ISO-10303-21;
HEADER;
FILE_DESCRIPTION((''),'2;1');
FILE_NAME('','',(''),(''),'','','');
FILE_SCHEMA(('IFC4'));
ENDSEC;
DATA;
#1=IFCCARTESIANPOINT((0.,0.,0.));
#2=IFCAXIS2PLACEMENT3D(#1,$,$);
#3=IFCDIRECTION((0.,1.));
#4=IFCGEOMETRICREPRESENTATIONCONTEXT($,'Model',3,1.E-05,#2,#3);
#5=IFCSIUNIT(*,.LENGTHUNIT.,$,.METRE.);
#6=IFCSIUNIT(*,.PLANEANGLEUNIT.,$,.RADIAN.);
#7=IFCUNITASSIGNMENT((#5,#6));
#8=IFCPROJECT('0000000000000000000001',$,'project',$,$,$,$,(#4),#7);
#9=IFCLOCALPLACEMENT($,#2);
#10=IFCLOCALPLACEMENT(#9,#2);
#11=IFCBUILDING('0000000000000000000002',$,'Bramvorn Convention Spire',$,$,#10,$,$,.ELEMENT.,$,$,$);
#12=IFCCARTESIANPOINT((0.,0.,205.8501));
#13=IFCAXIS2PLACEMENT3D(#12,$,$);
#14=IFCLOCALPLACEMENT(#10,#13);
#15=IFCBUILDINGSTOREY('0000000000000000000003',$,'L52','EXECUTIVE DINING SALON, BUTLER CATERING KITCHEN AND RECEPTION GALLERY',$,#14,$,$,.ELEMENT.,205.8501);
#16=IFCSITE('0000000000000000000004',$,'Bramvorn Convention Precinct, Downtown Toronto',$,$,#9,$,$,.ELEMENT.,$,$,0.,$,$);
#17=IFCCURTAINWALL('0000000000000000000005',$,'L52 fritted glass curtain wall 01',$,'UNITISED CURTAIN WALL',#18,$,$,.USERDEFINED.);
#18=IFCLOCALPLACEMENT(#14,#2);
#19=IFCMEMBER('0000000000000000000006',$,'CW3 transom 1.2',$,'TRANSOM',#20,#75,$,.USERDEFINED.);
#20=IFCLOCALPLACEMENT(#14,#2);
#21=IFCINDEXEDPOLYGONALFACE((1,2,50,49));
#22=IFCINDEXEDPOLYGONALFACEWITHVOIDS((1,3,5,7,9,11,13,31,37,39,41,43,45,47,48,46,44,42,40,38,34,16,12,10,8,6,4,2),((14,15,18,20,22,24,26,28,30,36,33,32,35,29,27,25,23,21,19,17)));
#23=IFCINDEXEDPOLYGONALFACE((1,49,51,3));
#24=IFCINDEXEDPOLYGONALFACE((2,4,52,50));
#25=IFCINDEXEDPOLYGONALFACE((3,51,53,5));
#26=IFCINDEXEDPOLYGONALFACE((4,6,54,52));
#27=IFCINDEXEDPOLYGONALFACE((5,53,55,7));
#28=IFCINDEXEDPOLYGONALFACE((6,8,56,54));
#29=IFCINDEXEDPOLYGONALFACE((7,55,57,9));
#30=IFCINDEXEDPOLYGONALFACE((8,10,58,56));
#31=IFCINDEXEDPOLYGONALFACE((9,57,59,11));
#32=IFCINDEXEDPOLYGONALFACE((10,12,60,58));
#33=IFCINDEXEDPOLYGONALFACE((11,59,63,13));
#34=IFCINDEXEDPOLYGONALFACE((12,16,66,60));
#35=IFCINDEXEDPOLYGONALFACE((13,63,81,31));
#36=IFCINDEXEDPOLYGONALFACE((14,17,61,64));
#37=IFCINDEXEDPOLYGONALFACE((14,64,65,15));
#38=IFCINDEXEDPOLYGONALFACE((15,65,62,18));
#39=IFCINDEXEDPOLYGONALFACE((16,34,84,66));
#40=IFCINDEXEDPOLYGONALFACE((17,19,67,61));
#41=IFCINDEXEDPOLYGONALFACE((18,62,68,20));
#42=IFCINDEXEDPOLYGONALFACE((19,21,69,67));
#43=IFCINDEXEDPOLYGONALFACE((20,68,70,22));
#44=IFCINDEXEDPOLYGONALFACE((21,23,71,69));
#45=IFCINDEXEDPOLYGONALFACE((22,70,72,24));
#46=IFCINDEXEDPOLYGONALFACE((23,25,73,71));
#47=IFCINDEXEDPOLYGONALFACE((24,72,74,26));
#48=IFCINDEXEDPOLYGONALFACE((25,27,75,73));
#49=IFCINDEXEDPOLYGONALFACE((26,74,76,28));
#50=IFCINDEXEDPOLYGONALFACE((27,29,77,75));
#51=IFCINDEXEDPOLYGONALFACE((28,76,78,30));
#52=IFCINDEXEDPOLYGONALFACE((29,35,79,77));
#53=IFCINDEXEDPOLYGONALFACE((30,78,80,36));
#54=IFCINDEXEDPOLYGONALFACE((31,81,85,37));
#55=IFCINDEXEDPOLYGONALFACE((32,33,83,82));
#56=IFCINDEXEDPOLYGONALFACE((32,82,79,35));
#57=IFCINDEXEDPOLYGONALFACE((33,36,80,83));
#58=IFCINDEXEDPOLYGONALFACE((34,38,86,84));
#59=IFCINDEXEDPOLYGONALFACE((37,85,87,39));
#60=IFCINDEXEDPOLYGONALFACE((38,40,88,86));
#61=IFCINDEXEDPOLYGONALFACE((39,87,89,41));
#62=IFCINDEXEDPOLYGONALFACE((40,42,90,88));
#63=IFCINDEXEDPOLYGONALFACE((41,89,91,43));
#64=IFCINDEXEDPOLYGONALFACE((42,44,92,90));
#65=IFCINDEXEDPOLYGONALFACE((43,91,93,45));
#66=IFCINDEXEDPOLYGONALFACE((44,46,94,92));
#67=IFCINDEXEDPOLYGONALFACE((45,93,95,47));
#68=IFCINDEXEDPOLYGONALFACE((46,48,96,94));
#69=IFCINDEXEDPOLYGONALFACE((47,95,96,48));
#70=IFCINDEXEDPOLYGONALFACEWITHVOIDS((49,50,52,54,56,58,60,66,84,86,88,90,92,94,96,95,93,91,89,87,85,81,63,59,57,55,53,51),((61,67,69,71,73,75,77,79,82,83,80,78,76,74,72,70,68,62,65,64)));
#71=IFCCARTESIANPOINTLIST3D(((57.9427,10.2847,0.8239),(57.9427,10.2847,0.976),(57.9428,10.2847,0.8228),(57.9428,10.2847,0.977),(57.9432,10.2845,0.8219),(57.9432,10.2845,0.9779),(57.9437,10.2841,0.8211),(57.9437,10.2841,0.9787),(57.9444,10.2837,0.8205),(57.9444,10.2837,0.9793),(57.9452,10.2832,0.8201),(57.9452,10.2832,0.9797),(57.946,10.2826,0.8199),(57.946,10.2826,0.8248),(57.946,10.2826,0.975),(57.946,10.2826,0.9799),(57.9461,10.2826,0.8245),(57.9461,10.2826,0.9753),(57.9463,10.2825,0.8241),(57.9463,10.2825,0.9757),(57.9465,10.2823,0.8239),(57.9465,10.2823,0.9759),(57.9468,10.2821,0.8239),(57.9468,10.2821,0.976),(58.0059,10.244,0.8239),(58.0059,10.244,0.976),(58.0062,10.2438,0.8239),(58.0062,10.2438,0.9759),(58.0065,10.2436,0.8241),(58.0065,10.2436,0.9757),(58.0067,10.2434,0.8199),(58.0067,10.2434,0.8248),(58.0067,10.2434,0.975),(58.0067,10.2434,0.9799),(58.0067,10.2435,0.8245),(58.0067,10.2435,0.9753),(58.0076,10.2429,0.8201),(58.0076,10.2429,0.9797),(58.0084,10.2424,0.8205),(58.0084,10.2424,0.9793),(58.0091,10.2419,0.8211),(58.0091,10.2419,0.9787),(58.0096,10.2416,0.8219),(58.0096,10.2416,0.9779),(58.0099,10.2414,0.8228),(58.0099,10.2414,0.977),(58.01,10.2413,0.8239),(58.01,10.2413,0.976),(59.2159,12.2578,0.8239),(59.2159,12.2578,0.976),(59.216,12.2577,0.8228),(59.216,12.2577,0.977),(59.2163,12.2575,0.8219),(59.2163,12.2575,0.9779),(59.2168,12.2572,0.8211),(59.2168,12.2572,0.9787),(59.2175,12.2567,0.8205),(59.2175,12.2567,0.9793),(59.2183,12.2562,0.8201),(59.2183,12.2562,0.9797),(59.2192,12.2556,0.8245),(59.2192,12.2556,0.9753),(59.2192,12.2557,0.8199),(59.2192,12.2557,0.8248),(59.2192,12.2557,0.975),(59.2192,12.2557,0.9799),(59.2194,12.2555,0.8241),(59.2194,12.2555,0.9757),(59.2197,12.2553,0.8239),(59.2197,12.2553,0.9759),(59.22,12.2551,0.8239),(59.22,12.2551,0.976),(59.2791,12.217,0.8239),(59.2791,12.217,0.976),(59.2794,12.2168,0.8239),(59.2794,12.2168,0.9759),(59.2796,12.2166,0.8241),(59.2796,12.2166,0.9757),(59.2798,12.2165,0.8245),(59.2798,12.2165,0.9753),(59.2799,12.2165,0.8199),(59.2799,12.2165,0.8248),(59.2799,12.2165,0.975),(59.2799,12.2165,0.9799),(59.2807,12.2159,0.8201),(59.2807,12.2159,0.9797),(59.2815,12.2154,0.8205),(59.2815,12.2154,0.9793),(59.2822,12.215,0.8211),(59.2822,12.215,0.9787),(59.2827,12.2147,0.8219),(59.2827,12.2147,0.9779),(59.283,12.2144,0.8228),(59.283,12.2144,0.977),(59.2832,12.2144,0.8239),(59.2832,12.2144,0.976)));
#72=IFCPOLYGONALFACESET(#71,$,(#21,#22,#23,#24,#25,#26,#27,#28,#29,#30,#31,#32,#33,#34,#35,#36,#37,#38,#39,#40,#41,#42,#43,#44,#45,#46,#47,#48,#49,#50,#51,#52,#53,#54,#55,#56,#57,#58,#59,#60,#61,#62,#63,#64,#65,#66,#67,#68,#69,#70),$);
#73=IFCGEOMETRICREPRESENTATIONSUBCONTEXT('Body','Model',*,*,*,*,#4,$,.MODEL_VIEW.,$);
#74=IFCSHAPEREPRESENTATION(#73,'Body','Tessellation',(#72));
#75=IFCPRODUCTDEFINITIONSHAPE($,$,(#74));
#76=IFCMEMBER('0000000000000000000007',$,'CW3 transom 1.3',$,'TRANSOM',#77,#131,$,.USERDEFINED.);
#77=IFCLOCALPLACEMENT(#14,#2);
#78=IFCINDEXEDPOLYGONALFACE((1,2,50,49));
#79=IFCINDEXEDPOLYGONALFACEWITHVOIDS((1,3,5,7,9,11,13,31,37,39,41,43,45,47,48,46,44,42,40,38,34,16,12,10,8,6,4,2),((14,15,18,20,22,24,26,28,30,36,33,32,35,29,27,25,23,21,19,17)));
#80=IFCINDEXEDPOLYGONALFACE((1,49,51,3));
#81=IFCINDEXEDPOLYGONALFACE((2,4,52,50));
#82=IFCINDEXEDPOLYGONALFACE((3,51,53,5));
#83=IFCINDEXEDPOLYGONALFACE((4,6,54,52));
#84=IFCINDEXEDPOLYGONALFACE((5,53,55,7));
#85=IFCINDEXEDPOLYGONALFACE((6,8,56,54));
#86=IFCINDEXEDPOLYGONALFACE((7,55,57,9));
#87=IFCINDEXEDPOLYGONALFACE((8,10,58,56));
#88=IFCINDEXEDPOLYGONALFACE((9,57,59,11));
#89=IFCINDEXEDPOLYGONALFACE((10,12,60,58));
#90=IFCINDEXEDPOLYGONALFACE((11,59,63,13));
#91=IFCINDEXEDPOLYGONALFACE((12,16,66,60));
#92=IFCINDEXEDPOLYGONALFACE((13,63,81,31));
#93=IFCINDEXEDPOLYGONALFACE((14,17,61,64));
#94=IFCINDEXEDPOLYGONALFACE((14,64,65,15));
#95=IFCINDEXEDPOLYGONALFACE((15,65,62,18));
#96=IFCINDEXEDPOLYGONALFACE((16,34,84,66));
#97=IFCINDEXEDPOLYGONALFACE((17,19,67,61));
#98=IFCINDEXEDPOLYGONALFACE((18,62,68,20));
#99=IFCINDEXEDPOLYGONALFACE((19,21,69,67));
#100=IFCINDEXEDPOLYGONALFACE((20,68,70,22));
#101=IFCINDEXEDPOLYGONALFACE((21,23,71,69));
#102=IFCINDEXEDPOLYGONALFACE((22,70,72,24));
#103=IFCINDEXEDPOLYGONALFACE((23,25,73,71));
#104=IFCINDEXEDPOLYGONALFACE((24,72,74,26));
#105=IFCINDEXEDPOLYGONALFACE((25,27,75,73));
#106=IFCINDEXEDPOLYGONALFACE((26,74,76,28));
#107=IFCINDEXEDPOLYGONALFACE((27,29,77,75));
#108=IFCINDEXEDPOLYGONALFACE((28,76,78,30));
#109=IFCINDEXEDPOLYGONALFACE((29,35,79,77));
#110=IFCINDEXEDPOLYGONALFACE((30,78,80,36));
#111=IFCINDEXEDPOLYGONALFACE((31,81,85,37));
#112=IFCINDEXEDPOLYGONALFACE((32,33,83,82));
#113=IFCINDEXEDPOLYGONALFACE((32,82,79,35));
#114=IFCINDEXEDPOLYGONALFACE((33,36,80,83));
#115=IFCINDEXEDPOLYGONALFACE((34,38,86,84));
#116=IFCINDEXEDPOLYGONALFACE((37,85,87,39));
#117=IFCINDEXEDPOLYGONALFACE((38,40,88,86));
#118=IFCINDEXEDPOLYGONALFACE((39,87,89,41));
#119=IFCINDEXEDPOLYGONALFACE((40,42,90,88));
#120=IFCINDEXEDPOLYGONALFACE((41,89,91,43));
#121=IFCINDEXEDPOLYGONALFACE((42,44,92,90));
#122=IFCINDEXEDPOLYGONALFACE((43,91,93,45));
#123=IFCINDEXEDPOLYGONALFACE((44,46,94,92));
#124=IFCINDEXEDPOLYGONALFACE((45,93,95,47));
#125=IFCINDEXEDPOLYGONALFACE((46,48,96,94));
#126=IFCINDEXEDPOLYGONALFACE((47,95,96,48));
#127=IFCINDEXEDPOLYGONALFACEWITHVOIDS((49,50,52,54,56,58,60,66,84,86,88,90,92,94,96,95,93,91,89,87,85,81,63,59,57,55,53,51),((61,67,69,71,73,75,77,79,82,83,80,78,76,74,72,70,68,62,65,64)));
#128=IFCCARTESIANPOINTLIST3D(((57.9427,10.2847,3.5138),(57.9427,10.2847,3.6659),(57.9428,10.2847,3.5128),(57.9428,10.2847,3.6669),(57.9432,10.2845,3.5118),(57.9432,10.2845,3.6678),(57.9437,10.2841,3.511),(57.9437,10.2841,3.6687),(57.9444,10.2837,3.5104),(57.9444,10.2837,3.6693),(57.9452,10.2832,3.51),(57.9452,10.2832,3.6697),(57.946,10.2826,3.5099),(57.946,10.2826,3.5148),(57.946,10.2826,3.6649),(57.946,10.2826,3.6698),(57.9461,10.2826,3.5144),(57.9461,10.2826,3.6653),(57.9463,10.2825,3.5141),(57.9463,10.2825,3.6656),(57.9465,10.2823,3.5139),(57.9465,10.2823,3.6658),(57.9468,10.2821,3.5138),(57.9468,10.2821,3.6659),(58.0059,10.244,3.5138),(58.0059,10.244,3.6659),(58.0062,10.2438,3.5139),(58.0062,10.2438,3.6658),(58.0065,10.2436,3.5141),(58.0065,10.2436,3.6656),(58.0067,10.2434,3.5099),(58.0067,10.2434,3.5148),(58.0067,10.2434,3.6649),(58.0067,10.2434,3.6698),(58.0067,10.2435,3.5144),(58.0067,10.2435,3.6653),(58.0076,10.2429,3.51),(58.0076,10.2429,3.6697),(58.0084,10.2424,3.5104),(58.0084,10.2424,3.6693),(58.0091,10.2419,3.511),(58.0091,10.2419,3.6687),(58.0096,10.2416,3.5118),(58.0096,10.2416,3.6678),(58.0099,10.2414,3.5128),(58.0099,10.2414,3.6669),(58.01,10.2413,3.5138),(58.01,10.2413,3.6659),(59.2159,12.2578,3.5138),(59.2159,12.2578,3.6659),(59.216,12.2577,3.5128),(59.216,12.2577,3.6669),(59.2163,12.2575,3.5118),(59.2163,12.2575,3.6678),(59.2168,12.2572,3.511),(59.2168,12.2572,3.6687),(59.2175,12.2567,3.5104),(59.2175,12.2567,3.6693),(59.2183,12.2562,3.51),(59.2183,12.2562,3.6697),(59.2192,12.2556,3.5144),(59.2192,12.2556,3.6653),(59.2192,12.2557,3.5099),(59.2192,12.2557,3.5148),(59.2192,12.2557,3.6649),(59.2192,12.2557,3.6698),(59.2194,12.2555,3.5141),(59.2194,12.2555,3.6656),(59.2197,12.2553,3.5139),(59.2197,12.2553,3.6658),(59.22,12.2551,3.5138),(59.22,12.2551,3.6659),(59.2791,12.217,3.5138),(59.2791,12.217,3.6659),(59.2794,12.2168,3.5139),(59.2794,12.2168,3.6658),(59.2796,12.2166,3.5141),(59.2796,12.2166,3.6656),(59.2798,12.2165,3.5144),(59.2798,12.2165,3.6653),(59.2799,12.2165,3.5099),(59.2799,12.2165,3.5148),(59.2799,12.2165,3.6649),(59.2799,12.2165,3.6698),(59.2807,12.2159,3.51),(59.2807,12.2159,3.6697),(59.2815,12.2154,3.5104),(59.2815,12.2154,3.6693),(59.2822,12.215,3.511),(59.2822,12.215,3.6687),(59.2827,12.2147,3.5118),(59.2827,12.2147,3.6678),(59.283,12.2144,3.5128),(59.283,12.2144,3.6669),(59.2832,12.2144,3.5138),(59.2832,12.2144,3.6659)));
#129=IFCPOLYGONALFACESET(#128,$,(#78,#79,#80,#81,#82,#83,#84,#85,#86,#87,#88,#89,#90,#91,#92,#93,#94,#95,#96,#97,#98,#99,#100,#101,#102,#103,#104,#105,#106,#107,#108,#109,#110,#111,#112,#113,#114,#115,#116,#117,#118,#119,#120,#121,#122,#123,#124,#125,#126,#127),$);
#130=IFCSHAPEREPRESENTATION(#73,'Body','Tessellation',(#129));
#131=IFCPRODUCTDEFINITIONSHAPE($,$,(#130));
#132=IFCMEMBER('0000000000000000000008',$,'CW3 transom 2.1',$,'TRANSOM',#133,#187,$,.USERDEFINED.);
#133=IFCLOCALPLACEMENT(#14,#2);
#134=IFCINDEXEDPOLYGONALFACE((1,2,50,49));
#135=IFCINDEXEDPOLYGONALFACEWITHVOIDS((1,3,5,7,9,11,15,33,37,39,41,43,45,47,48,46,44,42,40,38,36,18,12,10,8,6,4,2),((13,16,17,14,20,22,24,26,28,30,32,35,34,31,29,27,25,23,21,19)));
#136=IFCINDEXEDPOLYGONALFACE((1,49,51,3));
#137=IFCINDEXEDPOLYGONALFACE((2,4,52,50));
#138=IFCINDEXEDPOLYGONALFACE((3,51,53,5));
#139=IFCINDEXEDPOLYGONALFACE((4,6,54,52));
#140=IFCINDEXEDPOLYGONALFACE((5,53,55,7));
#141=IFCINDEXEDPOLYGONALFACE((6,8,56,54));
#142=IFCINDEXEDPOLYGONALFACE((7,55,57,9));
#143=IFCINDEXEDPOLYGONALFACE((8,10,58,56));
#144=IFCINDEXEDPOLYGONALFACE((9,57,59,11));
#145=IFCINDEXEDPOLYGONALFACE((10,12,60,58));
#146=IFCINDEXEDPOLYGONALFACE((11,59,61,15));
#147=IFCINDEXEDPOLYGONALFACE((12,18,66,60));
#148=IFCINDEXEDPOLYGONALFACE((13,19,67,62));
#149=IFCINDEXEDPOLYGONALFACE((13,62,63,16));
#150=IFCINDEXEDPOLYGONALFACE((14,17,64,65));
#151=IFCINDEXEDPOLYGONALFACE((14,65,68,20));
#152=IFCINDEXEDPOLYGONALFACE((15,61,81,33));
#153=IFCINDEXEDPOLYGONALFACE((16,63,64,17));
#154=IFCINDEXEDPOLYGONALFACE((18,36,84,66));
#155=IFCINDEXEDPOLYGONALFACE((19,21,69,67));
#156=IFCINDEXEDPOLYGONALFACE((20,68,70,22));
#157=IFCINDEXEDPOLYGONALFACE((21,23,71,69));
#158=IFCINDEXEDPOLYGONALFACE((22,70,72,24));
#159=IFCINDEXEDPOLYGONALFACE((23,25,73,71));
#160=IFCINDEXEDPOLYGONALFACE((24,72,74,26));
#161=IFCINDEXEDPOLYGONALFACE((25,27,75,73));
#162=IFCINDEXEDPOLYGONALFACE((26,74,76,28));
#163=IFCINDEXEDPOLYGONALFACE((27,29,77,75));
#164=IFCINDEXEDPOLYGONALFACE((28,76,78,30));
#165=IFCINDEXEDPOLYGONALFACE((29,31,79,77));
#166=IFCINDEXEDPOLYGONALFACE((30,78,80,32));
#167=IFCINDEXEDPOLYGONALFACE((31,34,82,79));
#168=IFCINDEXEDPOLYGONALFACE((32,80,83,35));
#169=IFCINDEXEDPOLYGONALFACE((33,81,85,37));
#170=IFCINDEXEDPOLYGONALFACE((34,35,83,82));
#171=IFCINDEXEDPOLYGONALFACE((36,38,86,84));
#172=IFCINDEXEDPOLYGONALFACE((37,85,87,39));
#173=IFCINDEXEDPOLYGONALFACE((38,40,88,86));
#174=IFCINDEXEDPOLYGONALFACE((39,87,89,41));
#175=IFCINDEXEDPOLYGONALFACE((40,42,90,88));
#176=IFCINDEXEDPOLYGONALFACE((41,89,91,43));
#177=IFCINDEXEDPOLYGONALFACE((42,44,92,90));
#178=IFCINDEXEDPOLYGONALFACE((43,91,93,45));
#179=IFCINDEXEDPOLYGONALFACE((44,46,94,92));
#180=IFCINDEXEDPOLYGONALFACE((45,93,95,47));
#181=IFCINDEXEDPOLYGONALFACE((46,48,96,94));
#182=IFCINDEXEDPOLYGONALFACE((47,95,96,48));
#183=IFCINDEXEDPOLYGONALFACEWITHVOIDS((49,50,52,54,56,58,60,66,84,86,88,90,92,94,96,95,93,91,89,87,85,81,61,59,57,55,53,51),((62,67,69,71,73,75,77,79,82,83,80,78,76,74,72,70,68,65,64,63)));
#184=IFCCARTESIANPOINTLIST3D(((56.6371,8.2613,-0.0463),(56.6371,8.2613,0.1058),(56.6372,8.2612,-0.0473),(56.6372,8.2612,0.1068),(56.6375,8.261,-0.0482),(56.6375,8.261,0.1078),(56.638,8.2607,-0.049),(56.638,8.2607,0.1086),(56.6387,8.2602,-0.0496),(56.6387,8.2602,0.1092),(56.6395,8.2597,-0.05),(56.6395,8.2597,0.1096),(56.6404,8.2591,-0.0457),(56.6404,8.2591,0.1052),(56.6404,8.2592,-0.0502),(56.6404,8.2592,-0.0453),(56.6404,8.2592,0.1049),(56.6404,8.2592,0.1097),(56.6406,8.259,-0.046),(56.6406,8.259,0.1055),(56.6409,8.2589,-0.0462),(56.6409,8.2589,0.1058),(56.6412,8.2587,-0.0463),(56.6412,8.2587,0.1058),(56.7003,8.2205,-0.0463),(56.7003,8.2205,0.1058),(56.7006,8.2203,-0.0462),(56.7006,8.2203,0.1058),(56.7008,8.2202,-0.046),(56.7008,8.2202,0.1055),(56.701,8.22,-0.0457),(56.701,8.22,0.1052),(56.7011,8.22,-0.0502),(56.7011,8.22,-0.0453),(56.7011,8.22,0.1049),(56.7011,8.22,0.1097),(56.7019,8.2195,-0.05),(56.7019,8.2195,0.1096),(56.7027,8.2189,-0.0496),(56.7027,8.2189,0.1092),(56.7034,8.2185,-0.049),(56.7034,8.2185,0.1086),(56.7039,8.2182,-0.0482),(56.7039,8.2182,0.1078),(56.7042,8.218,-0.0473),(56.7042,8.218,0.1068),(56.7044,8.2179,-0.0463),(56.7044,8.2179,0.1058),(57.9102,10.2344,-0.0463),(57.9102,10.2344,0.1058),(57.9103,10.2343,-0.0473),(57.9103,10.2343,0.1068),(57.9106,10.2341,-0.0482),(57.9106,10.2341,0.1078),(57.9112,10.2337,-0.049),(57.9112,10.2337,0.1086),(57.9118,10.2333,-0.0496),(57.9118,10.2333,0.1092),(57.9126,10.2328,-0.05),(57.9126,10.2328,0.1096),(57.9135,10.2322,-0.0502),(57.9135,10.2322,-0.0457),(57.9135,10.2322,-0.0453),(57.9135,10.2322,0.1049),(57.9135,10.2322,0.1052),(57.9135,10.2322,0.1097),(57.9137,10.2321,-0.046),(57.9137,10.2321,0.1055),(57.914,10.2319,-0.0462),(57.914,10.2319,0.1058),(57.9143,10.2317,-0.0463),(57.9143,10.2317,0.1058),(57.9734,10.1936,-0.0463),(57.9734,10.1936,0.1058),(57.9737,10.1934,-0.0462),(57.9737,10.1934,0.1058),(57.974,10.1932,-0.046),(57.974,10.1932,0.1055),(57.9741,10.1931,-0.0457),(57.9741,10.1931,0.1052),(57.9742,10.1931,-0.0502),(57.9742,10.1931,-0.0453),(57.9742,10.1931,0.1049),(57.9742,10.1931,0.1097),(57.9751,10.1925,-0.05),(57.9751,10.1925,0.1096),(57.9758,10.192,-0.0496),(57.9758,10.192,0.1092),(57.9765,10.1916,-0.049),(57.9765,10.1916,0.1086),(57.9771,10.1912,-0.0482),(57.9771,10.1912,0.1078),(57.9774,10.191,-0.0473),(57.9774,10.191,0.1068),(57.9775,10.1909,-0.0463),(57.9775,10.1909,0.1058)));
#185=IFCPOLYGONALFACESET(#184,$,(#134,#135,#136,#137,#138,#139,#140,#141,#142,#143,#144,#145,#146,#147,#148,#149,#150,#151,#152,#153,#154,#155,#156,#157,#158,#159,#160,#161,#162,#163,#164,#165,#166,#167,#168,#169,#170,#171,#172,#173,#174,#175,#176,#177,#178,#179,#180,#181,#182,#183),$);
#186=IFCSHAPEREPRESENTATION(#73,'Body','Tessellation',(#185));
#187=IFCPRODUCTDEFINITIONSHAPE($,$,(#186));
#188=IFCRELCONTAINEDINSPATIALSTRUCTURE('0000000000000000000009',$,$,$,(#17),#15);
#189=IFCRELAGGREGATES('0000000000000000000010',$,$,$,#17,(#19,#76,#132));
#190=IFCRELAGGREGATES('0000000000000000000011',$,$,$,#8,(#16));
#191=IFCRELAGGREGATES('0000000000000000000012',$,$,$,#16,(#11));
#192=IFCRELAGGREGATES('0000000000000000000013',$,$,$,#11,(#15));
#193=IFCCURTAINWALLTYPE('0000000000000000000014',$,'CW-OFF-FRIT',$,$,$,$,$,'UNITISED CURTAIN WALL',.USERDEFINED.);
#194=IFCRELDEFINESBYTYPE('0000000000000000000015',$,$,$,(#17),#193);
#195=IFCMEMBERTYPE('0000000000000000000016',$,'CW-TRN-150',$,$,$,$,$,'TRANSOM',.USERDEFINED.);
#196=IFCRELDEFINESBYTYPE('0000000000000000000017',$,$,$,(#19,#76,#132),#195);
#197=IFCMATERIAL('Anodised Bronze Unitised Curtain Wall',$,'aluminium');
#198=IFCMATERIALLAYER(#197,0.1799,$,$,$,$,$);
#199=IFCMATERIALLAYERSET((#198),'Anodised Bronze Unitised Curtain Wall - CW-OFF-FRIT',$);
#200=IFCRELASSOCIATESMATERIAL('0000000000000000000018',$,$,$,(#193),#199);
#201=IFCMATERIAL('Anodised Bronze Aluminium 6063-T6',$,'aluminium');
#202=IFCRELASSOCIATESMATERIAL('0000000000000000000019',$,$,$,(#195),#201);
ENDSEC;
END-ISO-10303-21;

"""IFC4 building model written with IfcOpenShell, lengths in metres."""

from ifc_helpers import new_model, si_unit, direction, frame, origin, origin_2d, place, context, subcontext, project, spatial, hollow_rectangle, extrude, material, layer, layer_set, material_profile, profile_set, type_object, element, aggregate, save


model = new_model("IFC4")

# Units and contexts
model_context = context("Model", 3, precision=1e-05, world=origin(), true_north=direction((0.0, 1.0)))
body_context = subcontext(model_context, "Body", "Model", "MODEL_VIEW")
ifc_project = project(units=[si_unit("LENGTHUNIT", "METRE"), si_unit("PLANEANGLEUNIT", "RADIAN")], contexts=[model_context])

# Site, building, storey
site_placement = place(None, origin())
site = spatial("IfcSite", under=ifc_project, at=site_placement, Name="Bramvorn Convention Precinct, Downtown Toronto", CompositionType="ELEMENT", RefElevation=0.0)
building_placement = place(site_placement, origin())
building = spatial("IfcBuilding", under=site, at=building_placement, Name="Bramvorn Convention Spire", CompositionType="ELEMENT")
storey_placement = place(building_placement, frame((0.0, 0.0, 205.8501)))
storey = spatial("IfcBuildingStorey", under=building, at=storey_placement, Name="L52", Description="EXECUTIVE DINING SALON, BUTLER CATERING KITCHEN AND RECEPTION GALLERY", CompositionType="ELEMENT", Elevation=205.8501)

# Curtain wall
ifc_material_1 = material(Name="Anodised Bronze Unitised Curtain Wall", Category="aluminium")
ifc_layer_1 = layer(ifc_material_1, 0.1799)
ifc_layer_set_1 = layer_set([ifc_layer_1], Name="Anodised Bronze Unitised Curtain Wall - CW-OFF-FRIT")
curtain_wall_type = type_object("IfcCurtainWallType", Name="CW-OFF-FRIT", ElementType="UNITISED CURTAIN WALL", PredefinedType="USERDEFINED", material=ifc_layer_set_1)
curtain_wall_1_placement = place(storey_placement, origin())
curtain_wall_1 = element("IfcCurtainWall", 1, at=curtain_wall_1_placement, inside=storey, type_object=curtain_wall_type, Name="L52 fritted glass curtain wall 01", ObjectType="UNITISED CURTAIN WALL", PredefinedType="USERDEFINED")
ifc_material_2 = material(Name="Anodised Bronze Aluminium 6063-T6", Category="aluminium")

# Members
ifc_material_profile_1 = material_profile(ifc_material_2, hollow_rectangle(XDim=0.0801, YDim=0.1599, WallThickness=0.0039, InnerFilletRadius=0.001, OuterFilletRadius=0.0039, at=origin_2d()))
ifc_profile_set_1 = profile_set([ifc_material_profile_1], Name="Anodised Bronze Aluminium 6063-T6 - CWT80X160")
member_type_1 = type_object("IfcMemberType", Name="CW-TRN-150", ElementType="TRANSOM", PredefinedType="USERDEFINED", material=ifc_profile_set_1)
member_1_placement = place(storey_placement, frame((59.2495, 12.2361, 0.8999), z_axis=(-0.542186, -0.840258, 0.0), x_axis=(0.840258, -0.542186, 0.0)))
member_1 = element("IfcMember", 2, at=member_1_placement, type_object=member_type_1, Name="CW3 transom 1.2", ObjectType="TRANSOM", PredefinedType="USERDEFINED", context=body_context, shape_type="SweptSolid", body=[
    extrude(hollow_rectangle(XDim=0.0801, YDim=0.1599, WallThickness=0.0039, InnerFilletRadius=0.001, OuterFilletRadius=0.0039, at=origin_2d()), origin(), (0.0, 0.0, 1.0), 2.3481),
])
member_2_placement = place(storey_placement, frame((59.2495, 12.2361, 3.5898), z_axis=(-0.542186, -0.840258, 0.0), x_axis=(0.840258, -0.542186, 0.0)))
member_2 = element("IfcMember", 3, at=member_2_placement, type_object=member_type_1, Name="CW3 transom 1.3", ObjectType="TRANSOM", PredefinedType="USERDEFINED", context=body_context, shape_type="SweptSolid", body=[
    extrude(hollow_rectangle(XDim=0.0801, YDim=0.1599, WallThickness=0.0039, InnerFilletRadius=0.001, OuterFilletRadius=0.0039, at=origin_2d()), origin(), (0.0, 0.0, 1.0), 2.3481),
])
member_3_placement = place(storey_placement, frame((57.9438, 10.2126, 0.0298), z_axis=(-0.542186, -0.840258, 0.0), x_axis=(0.840258, -0.542186, 0.0)))
member_3 = element("IfcMember", 4, at=member_3_placement, type_object=member_type_1, Name="CW3 transom 2.1", ObjectType="TRANSOM", PredefinedType="USERDEFINED", context=body_context, shape_type="SweptSolid", body=[
    extrude(hollow_rectangle(XDim=0.0801, YDim=0.1599, WallThickness=0.0039, InnerFilletRadius=0.001, OuterFilletRadius=0.0039, at=origin_2d()), origin(), (0.0, 0.0, 1.0), 2.3481),
])

aggregate(curtain_wall_1, [member_1, member_2, member_3])

save(model, "model.ifc")
